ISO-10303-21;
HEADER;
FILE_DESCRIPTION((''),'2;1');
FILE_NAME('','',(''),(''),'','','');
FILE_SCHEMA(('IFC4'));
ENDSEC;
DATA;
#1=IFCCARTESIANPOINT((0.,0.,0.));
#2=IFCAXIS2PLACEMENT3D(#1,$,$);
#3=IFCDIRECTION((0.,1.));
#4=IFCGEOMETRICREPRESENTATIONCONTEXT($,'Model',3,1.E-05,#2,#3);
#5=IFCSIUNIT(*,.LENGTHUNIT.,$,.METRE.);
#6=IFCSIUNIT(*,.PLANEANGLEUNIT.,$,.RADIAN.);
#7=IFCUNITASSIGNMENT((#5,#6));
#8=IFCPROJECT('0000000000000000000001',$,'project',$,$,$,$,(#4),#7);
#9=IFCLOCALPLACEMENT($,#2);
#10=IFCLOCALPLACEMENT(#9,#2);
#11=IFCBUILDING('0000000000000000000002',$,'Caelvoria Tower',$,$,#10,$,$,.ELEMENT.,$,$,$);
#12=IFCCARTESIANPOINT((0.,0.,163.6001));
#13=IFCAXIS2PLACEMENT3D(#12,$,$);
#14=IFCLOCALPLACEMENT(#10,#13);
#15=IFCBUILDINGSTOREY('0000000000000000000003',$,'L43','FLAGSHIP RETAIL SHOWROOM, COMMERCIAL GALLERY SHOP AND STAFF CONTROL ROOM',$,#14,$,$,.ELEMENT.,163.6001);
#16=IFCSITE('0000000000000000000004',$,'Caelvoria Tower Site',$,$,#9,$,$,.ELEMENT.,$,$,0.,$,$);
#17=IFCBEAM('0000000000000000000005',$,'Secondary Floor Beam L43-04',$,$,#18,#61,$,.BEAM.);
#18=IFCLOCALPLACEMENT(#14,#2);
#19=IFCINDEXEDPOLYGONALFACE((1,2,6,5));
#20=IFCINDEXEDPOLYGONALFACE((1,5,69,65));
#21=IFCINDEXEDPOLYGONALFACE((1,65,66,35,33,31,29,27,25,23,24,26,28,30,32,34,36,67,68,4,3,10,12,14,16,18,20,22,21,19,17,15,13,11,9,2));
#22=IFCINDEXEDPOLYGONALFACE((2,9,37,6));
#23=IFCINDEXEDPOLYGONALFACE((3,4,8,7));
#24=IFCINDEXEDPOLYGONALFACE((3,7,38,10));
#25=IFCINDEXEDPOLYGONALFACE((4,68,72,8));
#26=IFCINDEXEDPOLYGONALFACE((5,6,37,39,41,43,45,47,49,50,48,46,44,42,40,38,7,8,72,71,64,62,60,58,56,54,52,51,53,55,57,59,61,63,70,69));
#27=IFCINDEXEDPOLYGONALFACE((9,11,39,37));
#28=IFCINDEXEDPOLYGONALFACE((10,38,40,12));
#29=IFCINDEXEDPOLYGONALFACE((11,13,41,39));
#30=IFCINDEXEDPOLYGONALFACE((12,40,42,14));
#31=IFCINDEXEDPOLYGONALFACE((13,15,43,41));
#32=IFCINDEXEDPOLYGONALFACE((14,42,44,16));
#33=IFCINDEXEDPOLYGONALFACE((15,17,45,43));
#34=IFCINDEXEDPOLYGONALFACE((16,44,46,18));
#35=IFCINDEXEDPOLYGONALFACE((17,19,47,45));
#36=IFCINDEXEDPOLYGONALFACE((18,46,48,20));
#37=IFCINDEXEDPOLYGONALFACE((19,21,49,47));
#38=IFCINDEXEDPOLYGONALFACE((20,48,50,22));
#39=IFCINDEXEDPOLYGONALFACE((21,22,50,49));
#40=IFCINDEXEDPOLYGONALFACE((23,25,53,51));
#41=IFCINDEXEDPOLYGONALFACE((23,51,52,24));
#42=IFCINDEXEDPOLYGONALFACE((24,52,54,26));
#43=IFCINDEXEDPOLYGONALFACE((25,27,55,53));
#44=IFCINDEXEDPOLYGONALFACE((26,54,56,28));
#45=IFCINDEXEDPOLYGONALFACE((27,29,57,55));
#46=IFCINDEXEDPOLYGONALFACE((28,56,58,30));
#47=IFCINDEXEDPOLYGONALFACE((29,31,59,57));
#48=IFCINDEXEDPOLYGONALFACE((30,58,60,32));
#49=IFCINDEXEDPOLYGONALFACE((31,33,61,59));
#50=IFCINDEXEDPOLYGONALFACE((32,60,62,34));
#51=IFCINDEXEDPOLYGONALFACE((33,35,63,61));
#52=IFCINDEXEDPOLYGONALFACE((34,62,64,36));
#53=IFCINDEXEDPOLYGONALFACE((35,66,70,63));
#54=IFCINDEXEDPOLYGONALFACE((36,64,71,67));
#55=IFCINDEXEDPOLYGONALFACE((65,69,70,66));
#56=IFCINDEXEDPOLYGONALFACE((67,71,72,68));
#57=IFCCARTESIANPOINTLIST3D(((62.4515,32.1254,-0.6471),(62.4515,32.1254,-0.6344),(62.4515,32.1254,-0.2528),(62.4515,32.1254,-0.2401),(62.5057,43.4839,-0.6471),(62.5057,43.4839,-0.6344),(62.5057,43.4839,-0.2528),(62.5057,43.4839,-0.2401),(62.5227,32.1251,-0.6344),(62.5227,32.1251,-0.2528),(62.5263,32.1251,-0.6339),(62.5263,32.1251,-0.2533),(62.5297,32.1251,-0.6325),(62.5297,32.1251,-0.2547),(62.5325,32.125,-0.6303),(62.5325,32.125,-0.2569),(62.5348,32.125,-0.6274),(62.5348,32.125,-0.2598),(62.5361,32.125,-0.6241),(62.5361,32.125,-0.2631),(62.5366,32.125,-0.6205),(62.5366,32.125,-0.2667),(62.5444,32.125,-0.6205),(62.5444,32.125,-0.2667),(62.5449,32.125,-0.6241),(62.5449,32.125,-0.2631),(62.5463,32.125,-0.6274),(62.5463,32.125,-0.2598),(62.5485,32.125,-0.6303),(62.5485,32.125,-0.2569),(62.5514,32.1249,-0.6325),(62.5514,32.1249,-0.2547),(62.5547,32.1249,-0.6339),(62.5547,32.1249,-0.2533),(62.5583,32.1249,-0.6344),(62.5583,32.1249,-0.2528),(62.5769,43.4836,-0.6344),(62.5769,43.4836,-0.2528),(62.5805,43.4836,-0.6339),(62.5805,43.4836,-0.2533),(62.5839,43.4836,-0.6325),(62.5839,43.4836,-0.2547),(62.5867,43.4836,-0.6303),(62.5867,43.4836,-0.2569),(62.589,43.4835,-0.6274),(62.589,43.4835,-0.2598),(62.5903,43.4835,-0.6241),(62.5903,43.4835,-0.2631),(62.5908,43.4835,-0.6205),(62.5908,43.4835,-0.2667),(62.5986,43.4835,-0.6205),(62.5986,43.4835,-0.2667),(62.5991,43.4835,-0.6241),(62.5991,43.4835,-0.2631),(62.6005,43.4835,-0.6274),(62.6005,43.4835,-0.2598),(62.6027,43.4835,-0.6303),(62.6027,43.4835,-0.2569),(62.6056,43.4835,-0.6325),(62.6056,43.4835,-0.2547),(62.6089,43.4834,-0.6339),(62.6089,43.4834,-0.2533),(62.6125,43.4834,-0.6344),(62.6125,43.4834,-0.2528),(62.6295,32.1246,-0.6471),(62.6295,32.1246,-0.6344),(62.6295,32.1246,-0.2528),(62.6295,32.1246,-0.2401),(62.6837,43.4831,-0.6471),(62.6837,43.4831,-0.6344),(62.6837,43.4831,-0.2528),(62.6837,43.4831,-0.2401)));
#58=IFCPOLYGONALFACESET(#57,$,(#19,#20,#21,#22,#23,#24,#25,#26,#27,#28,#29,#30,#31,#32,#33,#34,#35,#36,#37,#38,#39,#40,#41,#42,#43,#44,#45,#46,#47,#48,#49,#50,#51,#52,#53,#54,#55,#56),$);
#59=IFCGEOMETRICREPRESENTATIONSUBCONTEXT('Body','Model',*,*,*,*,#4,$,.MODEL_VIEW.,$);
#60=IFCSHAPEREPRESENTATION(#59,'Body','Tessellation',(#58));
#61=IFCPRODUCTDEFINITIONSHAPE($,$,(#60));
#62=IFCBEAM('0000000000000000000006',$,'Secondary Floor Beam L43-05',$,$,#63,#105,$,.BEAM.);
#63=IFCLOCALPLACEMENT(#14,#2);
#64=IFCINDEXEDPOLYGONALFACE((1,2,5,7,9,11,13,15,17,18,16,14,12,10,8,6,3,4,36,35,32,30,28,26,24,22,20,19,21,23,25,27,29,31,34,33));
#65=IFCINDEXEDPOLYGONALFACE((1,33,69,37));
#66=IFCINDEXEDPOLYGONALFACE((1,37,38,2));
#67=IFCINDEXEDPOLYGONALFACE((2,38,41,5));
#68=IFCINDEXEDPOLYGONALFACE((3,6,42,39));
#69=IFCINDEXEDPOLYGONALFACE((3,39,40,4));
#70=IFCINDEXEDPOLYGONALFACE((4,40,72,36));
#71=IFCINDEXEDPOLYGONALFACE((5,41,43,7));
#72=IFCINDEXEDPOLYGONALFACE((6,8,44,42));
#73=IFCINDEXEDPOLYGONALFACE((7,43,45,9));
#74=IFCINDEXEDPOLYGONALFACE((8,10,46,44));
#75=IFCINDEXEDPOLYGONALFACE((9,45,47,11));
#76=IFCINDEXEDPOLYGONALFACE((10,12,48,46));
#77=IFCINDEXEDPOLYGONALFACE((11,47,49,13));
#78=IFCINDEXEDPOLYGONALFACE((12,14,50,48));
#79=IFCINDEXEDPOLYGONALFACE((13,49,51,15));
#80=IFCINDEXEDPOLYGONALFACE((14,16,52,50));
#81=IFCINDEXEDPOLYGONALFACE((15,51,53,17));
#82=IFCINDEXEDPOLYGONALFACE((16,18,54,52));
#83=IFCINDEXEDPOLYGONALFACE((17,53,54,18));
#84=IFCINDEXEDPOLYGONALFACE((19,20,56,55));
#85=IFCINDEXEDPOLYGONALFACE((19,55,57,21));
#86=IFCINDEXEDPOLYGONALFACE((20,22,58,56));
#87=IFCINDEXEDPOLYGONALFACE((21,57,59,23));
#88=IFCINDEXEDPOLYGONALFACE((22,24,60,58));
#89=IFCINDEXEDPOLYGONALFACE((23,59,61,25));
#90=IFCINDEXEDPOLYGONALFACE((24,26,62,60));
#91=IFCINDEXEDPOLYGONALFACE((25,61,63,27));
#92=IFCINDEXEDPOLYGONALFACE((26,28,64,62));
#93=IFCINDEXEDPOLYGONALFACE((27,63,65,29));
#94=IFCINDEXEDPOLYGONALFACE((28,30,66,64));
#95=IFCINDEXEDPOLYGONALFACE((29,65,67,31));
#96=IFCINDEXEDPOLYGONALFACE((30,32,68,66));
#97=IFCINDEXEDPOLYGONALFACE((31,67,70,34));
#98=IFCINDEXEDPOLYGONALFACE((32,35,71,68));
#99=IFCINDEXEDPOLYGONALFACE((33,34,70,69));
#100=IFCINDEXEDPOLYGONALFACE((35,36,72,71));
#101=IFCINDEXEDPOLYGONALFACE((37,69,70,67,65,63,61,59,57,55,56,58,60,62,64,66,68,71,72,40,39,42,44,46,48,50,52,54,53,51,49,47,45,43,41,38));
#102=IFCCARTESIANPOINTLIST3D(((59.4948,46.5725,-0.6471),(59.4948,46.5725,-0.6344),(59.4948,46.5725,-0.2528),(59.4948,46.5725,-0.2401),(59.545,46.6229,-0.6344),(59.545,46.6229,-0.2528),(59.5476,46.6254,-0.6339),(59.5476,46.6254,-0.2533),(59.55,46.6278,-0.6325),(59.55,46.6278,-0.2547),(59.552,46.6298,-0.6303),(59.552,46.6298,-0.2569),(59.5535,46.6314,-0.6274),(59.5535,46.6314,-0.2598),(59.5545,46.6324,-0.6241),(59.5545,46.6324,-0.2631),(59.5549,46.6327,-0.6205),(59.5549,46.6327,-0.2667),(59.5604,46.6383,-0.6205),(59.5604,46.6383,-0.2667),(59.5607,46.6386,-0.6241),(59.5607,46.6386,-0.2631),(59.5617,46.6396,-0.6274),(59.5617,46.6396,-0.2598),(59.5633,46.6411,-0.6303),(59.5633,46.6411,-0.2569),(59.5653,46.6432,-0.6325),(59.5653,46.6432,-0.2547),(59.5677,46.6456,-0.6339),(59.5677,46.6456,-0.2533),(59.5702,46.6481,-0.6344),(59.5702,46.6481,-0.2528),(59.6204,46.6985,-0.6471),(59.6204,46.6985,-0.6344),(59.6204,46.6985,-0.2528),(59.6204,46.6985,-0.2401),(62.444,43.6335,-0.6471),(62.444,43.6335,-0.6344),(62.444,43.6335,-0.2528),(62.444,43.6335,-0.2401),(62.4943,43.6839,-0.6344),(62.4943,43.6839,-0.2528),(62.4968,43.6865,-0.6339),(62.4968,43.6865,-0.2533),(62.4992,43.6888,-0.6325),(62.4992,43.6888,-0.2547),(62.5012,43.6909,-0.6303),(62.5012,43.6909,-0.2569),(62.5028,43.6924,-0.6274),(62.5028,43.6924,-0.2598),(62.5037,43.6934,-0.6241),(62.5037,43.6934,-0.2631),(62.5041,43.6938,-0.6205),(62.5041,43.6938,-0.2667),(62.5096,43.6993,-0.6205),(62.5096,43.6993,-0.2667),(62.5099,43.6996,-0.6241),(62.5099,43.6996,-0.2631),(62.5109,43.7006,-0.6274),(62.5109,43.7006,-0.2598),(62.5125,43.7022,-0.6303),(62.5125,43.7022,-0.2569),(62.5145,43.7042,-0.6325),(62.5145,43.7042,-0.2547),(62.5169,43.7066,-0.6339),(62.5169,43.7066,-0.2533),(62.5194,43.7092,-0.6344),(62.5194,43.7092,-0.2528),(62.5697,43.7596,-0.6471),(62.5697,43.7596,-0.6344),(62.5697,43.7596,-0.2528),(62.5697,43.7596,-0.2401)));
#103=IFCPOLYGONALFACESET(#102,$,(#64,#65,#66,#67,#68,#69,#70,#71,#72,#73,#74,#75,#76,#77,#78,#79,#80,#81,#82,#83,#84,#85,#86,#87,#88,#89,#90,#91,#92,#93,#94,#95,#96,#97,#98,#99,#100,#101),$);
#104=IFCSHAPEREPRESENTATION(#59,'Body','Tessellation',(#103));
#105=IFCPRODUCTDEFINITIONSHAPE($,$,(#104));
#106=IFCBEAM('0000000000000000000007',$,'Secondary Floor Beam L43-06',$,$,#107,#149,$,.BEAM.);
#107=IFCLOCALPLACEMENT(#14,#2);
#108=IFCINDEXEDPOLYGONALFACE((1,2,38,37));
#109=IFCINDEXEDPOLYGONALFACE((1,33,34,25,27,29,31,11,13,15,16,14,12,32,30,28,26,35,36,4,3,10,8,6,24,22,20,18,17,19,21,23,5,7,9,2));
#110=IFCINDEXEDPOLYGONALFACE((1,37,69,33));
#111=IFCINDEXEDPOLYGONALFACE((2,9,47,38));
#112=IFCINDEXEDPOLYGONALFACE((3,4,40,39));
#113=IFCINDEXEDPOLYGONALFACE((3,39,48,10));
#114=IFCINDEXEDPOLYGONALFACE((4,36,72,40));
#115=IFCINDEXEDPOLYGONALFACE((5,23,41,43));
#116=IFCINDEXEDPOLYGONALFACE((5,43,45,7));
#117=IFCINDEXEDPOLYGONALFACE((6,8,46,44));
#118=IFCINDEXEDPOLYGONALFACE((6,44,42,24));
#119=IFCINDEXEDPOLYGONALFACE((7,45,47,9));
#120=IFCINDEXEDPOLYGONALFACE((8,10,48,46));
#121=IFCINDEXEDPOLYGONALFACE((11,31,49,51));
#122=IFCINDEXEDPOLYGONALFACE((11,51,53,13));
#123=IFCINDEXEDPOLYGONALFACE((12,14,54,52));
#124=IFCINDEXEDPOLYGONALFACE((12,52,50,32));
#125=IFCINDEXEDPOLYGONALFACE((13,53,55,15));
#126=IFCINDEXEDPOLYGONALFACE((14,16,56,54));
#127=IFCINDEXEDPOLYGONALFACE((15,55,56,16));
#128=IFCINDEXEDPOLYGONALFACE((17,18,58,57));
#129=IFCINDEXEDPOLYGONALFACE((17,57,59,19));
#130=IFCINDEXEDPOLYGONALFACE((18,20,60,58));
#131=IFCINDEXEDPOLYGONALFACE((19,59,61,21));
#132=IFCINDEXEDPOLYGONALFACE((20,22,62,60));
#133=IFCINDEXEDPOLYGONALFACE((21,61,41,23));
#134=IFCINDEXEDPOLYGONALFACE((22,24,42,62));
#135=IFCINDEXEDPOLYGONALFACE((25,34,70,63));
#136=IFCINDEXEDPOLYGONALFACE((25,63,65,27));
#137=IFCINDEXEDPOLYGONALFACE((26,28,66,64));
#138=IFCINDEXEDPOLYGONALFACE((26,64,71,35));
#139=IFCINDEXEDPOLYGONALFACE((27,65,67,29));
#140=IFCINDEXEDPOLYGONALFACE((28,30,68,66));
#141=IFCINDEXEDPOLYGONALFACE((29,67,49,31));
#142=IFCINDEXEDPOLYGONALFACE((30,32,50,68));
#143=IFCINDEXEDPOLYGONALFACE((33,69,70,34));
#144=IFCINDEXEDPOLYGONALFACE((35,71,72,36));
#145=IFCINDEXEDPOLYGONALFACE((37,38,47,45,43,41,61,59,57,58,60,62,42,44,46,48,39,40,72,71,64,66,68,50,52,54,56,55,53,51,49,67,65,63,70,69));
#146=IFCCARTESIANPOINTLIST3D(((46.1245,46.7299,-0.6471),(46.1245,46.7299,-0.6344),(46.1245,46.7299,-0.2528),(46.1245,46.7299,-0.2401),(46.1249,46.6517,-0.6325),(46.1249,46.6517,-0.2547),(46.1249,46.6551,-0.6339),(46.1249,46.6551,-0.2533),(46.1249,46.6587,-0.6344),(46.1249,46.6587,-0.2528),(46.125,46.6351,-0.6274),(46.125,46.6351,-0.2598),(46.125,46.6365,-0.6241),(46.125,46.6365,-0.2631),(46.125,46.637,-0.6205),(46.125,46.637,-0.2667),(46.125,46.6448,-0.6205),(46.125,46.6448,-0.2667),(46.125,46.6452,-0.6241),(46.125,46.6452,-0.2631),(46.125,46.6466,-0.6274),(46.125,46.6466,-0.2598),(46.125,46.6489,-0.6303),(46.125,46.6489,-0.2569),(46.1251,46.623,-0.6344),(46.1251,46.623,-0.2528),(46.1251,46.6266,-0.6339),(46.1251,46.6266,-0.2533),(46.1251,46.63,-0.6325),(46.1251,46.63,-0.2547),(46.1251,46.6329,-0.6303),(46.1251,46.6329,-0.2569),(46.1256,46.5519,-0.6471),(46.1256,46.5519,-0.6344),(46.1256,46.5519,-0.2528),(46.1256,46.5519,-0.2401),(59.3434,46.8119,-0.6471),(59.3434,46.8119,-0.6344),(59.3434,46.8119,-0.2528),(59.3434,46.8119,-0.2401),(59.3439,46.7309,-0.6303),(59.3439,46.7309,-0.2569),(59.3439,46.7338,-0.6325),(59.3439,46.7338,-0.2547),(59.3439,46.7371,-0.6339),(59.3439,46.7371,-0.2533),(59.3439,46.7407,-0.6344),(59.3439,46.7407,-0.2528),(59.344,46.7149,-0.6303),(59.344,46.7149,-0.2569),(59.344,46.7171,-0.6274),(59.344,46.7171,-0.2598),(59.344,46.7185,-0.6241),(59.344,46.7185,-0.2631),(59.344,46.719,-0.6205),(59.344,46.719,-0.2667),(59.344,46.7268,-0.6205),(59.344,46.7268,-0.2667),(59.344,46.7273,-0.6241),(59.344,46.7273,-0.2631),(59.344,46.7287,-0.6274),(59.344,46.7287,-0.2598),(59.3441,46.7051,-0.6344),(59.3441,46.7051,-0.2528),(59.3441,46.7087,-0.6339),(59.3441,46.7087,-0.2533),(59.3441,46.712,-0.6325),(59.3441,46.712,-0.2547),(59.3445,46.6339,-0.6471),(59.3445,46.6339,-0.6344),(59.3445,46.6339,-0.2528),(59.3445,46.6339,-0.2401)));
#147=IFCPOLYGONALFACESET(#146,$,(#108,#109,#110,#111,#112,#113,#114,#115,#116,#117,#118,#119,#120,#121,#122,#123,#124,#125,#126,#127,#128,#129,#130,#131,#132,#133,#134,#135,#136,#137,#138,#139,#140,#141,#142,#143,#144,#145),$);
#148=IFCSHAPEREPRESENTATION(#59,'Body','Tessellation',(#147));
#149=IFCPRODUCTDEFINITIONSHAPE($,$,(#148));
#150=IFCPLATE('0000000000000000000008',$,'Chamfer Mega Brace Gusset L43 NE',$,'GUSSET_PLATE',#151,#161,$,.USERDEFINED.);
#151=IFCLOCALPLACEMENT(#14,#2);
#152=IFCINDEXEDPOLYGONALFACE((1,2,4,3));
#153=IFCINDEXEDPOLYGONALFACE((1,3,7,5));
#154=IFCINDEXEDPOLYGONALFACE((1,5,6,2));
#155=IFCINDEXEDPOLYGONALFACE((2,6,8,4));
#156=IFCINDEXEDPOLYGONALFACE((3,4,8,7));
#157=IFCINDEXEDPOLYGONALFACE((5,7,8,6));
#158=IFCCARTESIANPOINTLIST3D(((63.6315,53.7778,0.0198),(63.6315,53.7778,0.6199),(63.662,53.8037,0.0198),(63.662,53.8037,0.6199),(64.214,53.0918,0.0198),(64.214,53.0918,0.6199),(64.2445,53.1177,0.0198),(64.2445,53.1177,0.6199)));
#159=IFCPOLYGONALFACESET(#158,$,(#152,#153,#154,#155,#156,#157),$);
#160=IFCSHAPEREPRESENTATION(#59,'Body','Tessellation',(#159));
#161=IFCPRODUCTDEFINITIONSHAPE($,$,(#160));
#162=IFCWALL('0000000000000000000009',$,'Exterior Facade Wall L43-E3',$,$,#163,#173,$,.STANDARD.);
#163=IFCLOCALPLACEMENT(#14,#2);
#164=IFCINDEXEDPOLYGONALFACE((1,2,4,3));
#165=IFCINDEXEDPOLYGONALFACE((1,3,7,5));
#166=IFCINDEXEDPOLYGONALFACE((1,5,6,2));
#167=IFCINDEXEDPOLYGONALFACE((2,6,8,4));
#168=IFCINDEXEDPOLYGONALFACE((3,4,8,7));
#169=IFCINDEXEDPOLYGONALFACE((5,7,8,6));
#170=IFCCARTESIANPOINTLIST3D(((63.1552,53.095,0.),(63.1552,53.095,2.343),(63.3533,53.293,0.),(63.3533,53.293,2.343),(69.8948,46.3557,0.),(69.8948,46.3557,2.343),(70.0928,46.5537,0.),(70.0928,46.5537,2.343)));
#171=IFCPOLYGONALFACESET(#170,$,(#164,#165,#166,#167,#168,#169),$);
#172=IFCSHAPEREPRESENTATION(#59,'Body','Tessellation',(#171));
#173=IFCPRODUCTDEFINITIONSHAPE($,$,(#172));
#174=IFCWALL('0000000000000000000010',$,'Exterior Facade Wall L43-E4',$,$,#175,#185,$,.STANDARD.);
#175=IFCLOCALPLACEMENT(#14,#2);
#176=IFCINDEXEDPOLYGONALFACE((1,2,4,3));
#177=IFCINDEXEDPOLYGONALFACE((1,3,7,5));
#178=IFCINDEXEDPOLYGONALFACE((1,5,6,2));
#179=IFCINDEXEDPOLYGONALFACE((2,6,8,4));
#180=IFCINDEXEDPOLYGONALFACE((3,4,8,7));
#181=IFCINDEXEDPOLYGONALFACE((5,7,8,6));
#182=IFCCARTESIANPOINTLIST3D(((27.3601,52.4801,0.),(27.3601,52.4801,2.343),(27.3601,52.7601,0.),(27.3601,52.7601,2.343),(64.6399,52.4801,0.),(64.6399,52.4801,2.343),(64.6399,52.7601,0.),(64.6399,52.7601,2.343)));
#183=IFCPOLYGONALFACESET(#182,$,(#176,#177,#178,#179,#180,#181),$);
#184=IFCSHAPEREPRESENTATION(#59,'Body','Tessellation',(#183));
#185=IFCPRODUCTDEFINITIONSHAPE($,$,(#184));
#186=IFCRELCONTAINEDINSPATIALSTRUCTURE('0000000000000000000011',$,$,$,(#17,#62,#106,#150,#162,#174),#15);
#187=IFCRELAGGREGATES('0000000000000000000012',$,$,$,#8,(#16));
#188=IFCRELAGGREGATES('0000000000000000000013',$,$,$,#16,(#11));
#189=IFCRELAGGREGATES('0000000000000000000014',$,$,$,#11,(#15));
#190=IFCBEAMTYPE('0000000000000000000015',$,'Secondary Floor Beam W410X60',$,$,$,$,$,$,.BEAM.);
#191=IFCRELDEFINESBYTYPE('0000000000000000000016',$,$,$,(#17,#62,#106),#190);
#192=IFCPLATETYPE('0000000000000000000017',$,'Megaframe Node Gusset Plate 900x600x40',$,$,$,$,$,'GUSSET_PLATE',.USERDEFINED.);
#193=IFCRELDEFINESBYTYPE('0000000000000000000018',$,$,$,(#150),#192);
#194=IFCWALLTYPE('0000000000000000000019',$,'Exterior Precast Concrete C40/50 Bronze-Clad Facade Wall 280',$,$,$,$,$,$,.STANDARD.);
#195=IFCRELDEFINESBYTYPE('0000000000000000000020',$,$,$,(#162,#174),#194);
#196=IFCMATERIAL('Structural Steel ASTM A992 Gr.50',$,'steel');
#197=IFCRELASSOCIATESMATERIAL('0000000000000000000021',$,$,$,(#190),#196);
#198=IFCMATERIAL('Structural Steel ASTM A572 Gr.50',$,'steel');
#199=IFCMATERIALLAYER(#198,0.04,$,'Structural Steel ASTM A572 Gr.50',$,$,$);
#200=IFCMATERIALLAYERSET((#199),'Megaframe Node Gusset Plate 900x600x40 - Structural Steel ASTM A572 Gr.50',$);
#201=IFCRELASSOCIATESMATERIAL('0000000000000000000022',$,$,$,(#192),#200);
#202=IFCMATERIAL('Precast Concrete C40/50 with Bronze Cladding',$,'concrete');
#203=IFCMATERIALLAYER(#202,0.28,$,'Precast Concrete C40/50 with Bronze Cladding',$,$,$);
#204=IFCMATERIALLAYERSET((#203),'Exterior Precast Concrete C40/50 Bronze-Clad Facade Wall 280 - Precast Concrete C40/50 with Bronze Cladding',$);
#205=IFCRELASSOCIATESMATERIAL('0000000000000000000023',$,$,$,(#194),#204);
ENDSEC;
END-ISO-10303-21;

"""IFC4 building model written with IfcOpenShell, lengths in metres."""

from ifc_helpers import new_model, si_unit, direction, frame, frame_2d, origin, origin_2d, place, context, subcontext, project, spatial, rectangle, i_section, extrude, material, layer, layer_set, material_profile, profile_set, type_object, element, save


model = new_model("IFC4")

# Units and contexts
model_context = context("Model", 3, precision=1e-05, world=origin(), true_north=direction((0.0, 1.0)))
body_context = subcontext(model_context, "Body", "Model", "MODEL_VIEW")
ifc_project = project(units=[si_unit("LENGTHUNIT", "METRE"), si_unit("PLANEANGLEUNIT", "RADIAN")], contexts=[model_context])

# Site, building, storey
site_placement = place(None, origin())
site = spatial("IfcSite", under=ifc_project, at=site_placement, Name="Caelvoria Tower Site", CompositionType="ELEMENT", RefElevation=0.0)
building_placement = place(site_placement, origin())
building = spatial("IfcBuilding", under=site, at=building_placement, Name="Caelvoria Tower", CompositionType="ELEMENT")
storey_placement = place(building_placement, frame((0.0, 0.0, 163.6001)))
storey = spatial("IfcBuildingStorey", under=building, at=storey_placement, Name="L43", Description="FLAGSHIP RETAIL SHOWROOM, COMMERCIAL GALLERY SHOP AND STAFF CONTROL ROOM", CompositionType="ELEMENT", Elevation=163.6001)

# Shared definitions
ifc_material_1 = material(Name="Structural Steel ASTM A572 Gr.50", Category="steel")

# Beams
ifc_material_2 = material(Name="Structural Steel ASTM A992 Gr.50", Category="steel")
ifc_material_profile_1 = material_profile(ifc_material_2, i_section(OverallWidth=0.178, OverallDepth=0.407, WebThickness=0.0078, FlangeThickness=0.0127, FilletRadius=0.0139, at=origin_2d()), Name="Structural Steel ASTM A992 Gr.50")
ifc_profile_set_1 = profile_set([ifc_material_profile_1], Name="W410X60 - Structural Steel ASTM A992 Gr.50")
beam_type_1 = type_object("IfcBeamType", Name="Secondary Floor Beam W410X60", PredefinedType="BEAM", material=ifc_profile_set_1)
beam_1_placement = place(storey_placement, frame((62.5405, 32.125, -0.4436), z_axis=(0.004772, 0.999989, 0.0), x_axis=(-0.999989, 0.004772, 0.0)))
element("IfcBeam", 1, at=beam_1_placement, inside=storey, type_object=beam_type_1, Name="Secondary Floor Beam L43-04", PredefinedType="BEAM", context=body_context, shape_type="SweptSolid", body=[
    extrude(i_section(OverallWidth=0.178, OverallDepth=0.407, WebThickness=0.0078, FlangeThickness=0.0127, FilletRadius=0.0139, at=origin_2d()), origin(), (0.0, 0.0, 1.0), 11.3586),
])
beam_2_placement = place(storey_placement, frame((62.5068, 43.6965, -0.4436), z_axis=(-0.708337, 0.705874, 0.0), x_axis=(-0.705874, -0.708337, 0.0)))
element("IfcBeam", 2, at=beam_2_placement, inside=storey, type_object=beam_type_1, Name="Secondary Floor Beam L43-05", PredefinedType="BEAM", context=body_context, shape_type="SweptSolid", body=[
    extrude(i_section(OverallWidth=0.178, OverallDepth=0.407, WebThickness=0.0078, FlangeThickness=0.0127, FilletRadius=0.0139, at=origin_2d()), origin(), (0.0, 0.0, 1.0), 4.1636),
])
beam_3_placement = place(storey_placement, frame((59.344, 46.7229, -0.4436), z_axis=(-0.999981, -0.006205, 0.0), x_axis=(0.006205, -0.999981, 0.0)))
element("IfcBeam", 3, at=beam_3_placement, inside=storey, type_object=beam_type_1, Name="Secondary Floor Beam L43-06", PredefinedType="BEAM", context=body_context, shape_type="SweptSolid", body=[
    extrude(i_section(OverallWidth=0.178, OverallDepth=0.407, WebThickness=0.0078, FlangeThickness=0.0127, FilletRadius=0.0139, at=origin_2d()), origin(), (0.0, 0.0, 1.0), 13.2192),
])

# Plate
ifc_layer_1 = layer(ifc_material_1, 0.04, Name="Structural Steel ASTM A572 Gr.50")
ifc_layer_set_1 = layer_set([ifc_layer_1], Name="Megaframe Node Gusset Plate 900x600x40 - Structural Steel ASTM A572 Gr.50")
plate_type = type_object("IfcPlateType", Name="Megaframe Node Gusset Plate 900x600x40", ElementType="GUSSET_PLATE", PredefinedType="USERDEFINED", material=ifc_layer_set_1)
plate_placement = place(storey_placement, frame((63.938, 53.4478, 0.0198), z_axis=(0.0, 0.0, 1.0), x_axis=(0.64731, -0.762227, 0.0)))
element("IfcPlate", 4, at=plate_placement, inside=storey, type_object=plate_type, Name="Chamfer Mega Brace Gusset L43 NE", ObjectType="GUSSET_PLATE", PredefinedType="USERDEFINED", context=body_context, shape_type="SweptSolid", body=[
    extrude(rectangle(XDim=0.8999, YDim=0.04, at=origin_2d()), origin(), (0.0, 0.0, 1.0), 0.6001),
])

# Walls
ifc_material_3 = material(Name="Precast Concrete C40/50 with Bronze Cladding", Category="concrete")
ifc_layer_2 = layer(ifc_material_3, 0.28, Name="Precast Concrete C40/50 with Bronze Cladding")
ifc_layer_set_2 = layer_set([ifc_layer_2], Name="Exterior Precast Concrete C40/50 Bronze-Clad Facade Wall 280 - Precast Concrete C40/50 with Bronze Cladding")
wall_type_1 = type_object("IfcWallType", Name="Exterior Precast Concrete C40/50 Bronze-Clad Facade Wall 280", PredefinedType="STANDARD", material=ifc_layer_set_2)
wall_1_placement = place(storey_placement, frame((69.9939, 46.4546, 0.0), z_axis=(0.0, 0.0, 1.0), x_axis=(-0.70712, 0.707094, 0.0)))
element("IfcWall", 5, at=wall_1_placement, inside=storey, type_object=wall_type_1, Name="Exterior Facade Wall L43-E3", PredefinedType="STANDARD", context=body_context, shape_type="SweptSolid", body=[
    extrude(rectangle(XDim=9.531, YDim=0.28, at=frame_2d((4.7656, 0.0))), origin(), (0.0, 0.0, 1.0), 2.343),
])
wall_2_placement = place(storey_placement, frame((64.6399, 52.6201, 0.0), z_axis=(0.0, 0.0, 1.0), x_axis=(-1.0, 0.0, 0.0)))
element("IfcWall", 6, at=wall_2_placement, inside=storey, type_object=wall_type_1, Name="Exterior Facade Wall L43-E4", PredefinedType="STANDARD", context=body_context, shape_type="SweptSolid", body=[
    extrude(rectangle(XDim=37.2798, YDim=0.28, at=frame_2d((18.6399, 0.0))), origin(), (0.0, 0.0, 1.0), 2.343),
])

save(model, "model.ifc")
